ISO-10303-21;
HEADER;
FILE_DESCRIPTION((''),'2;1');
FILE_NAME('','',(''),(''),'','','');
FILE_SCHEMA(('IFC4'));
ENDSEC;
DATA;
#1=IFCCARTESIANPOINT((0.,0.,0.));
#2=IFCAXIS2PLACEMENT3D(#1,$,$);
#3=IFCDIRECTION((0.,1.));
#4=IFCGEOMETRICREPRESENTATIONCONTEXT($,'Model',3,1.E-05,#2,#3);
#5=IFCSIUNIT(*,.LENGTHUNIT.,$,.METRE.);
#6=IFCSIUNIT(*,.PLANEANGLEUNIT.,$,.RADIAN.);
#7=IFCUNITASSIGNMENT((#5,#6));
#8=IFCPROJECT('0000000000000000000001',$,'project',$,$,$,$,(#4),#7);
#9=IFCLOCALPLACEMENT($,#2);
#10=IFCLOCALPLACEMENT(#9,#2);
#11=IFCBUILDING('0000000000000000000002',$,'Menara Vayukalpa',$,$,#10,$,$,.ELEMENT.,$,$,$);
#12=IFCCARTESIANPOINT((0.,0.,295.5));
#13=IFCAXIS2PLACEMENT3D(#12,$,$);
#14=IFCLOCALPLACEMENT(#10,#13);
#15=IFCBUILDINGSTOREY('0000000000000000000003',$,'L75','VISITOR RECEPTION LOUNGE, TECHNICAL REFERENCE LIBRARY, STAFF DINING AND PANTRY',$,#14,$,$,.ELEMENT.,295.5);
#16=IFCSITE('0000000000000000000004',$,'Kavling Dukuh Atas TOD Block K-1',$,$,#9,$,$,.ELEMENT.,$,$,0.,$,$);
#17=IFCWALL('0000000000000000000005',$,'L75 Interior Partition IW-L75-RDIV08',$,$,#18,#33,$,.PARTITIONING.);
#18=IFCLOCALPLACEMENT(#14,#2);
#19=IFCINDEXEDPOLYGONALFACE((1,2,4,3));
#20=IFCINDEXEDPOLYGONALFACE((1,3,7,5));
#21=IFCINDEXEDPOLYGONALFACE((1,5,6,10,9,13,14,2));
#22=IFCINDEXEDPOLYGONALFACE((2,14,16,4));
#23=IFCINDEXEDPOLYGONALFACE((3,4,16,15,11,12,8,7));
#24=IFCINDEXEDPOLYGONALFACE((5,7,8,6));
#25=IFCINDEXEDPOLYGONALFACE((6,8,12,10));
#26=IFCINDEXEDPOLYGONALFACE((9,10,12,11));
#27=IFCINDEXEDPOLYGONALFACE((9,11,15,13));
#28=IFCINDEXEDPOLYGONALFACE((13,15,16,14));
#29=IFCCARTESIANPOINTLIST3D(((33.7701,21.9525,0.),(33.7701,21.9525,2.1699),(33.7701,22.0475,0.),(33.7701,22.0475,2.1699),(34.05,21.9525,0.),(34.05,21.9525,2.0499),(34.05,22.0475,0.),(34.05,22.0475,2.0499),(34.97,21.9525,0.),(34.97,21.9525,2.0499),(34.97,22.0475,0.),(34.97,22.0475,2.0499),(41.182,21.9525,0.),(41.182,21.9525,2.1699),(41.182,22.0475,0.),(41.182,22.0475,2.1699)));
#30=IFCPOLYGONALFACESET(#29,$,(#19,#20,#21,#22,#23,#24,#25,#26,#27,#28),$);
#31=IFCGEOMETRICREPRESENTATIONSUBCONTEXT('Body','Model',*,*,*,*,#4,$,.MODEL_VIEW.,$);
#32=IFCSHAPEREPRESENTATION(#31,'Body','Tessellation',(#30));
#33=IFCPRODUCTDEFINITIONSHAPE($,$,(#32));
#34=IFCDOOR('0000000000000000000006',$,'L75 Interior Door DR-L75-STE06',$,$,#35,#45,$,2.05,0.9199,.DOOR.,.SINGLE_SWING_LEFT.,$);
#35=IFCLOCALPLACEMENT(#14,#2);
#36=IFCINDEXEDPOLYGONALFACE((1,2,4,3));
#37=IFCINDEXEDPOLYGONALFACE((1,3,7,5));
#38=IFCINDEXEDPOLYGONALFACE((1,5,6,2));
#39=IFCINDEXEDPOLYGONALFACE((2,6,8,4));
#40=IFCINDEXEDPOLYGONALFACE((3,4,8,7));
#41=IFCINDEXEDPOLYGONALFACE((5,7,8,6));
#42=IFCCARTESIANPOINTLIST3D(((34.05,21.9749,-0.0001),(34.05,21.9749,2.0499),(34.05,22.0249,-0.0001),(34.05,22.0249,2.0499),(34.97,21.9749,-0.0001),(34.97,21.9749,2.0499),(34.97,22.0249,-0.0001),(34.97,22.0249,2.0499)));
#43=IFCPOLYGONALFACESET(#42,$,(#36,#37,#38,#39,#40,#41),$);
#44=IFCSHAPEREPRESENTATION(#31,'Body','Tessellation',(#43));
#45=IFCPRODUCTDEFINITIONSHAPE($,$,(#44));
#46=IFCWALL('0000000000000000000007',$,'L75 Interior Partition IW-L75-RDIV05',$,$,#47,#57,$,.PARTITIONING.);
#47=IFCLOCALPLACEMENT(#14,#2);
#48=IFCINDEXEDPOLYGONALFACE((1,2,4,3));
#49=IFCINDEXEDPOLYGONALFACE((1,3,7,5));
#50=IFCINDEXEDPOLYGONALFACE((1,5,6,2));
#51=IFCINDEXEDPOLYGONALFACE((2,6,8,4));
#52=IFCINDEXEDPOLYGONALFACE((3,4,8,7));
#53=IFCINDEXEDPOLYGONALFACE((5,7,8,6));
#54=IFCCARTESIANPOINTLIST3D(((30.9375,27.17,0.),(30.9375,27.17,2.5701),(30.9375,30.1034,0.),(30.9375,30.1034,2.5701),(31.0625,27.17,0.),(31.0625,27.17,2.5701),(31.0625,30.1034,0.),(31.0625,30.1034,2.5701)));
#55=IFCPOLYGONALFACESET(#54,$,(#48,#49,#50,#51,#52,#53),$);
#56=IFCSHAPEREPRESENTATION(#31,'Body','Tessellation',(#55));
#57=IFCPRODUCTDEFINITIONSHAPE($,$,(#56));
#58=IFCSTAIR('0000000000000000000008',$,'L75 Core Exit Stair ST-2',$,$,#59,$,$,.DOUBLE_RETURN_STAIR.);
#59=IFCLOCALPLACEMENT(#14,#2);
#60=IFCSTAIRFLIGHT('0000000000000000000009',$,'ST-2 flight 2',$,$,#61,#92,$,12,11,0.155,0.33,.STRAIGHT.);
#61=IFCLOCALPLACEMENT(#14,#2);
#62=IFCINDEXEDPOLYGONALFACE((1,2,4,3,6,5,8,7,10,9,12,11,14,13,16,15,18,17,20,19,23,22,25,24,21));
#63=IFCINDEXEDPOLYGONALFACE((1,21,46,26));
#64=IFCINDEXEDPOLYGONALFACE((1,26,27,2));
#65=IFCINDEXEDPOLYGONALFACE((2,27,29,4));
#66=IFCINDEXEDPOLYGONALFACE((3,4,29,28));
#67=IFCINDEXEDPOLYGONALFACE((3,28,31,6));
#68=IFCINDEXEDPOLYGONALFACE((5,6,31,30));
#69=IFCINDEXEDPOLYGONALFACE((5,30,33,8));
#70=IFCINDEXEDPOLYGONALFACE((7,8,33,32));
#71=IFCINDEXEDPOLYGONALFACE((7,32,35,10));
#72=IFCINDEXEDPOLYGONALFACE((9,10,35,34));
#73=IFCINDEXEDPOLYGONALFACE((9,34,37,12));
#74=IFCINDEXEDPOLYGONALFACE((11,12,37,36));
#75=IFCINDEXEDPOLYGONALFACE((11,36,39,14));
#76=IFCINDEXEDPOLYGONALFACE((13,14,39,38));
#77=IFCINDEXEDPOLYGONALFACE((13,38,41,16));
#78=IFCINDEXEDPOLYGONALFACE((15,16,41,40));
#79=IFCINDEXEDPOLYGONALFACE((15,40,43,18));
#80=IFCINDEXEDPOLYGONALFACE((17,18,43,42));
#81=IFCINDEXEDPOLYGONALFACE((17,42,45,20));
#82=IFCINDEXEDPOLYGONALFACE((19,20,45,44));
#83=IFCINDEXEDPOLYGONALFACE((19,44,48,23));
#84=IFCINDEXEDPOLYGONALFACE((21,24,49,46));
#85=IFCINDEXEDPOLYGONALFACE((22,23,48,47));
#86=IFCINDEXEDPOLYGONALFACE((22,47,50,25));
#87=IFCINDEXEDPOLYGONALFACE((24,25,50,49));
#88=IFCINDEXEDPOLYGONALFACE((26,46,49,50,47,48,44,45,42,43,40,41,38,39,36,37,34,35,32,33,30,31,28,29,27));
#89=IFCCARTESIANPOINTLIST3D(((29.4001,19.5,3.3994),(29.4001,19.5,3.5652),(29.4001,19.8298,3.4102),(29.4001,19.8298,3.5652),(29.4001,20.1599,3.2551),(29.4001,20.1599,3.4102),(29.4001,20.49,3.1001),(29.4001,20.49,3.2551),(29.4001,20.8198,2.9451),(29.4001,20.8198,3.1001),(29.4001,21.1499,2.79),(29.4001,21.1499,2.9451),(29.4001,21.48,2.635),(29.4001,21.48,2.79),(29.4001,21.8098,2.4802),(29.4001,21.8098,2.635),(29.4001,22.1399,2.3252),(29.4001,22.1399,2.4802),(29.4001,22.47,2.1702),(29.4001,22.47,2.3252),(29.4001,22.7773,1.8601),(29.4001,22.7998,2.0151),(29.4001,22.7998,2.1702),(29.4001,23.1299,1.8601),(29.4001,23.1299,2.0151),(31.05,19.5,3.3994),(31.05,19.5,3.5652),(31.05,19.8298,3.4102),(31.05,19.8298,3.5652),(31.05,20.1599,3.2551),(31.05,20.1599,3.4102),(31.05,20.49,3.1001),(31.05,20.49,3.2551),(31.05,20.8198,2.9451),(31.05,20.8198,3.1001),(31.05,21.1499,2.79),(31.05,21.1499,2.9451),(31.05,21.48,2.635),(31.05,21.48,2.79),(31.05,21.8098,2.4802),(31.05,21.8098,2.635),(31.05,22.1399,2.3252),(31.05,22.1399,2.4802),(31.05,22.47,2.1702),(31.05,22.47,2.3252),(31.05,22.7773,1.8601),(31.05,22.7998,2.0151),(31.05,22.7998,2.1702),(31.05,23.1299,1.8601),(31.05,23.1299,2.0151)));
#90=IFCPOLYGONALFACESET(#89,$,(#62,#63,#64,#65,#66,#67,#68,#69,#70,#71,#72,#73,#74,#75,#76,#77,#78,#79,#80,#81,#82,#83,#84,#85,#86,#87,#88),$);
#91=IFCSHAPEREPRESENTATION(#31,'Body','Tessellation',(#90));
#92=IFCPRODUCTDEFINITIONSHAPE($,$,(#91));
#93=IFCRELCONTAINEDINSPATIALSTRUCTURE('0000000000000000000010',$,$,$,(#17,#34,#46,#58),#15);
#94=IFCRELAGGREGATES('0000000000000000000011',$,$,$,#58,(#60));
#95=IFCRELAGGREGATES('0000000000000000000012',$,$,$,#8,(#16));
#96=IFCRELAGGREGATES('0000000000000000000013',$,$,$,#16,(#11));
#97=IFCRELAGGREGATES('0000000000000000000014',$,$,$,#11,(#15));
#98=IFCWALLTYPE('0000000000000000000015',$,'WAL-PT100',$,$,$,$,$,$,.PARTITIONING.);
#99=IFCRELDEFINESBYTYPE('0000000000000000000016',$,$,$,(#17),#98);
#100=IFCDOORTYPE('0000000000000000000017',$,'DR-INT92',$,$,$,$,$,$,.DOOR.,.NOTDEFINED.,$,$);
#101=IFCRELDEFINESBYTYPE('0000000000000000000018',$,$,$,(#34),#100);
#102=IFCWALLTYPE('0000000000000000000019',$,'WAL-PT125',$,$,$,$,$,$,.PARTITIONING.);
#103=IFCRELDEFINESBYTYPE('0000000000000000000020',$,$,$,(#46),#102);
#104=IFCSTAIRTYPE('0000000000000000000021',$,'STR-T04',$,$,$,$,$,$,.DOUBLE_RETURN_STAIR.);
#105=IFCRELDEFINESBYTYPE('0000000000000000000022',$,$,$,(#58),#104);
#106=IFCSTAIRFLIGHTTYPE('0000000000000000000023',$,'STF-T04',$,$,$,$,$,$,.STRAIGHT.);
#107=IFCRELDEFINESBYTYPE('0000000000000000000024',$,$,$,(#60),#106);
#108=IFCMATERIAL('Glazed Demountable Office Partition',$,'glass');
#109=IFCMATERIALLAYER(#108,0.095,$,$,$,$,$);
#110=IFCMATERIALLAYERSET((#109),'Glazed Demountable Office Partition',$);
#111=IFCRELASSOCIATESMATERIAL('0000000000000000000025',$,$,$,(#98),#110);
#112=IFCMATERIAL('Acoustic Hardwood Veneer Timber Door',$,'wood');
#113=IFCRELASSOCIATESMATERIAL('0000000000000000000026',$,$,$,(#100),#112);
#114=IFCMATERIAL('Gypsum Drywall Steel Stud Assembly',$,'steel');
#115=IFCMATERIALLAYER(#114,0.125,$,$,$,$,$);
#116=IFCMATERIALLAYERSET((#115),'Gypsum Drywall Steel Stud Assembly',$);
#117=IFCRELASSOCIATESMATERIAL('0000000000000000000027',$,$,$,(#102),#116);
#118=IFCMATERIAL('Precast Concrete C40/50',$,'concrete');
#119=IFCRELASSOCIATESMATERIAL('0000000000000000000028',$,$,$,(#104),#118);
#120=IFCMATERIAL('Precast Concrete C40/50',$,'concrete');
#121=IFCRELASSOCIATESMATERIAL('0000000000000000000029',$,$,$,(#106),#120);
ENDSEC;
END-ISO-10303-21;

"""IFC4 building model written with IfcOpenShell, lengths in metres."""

from ifc_helpers import new_model, si_unit, direction, frame, frame_2d, origin, place, context, subcontext, project, spatial, polyline, rectangle, outline, extrude, material, layer, layer_set, type_object, element, fill, aggregate, save


model = new_model("IFC4")

# Units and contexts
model_context = context("Model", 3, precision=1e-05, world=origin(), true_north=direction((0.0, 1.0)))
body_context = subcontext(model_context, "Body", "Model", "MODEL_VIEW")
ifc_project = project(units=[si_unit("LENGTHUNIT", "METRE"), si_unit("PLANEANGLEUNIT", "RADIAN")], contexts=[model_context])

# Site, building, storey
site_placement = place(None, origin())
site = spatial("IfcSite", under=ifc_project, at=site_placement, Name="Kavling Dukuh Atas TOD Block K-1", CompositionType="ELEMENT", RefElevation=0.0)
building_placement = place(site_placement, origin())
building = spatial("IfcBuilding", under=site, at=building_placement, Name="Menara Vayukalpa", CompositionType="ELEMENT")
storey_placement = place(building_placement, frame((0.0, 0.0, 295.5)))
storey = spatial("IfcBuildingStorey", under=building, at=storey_placement, Name="L75", Description="VISITOR RECEPTION LOUNGE, TECHNICAL REFERENCE LIBRARY, STAFF DINING AND PANTRY", CompositionType="ELEMENT", Elevation=295.5)

# Wall, opening, door
ifc_material_1 = material(Name="Glazed Demountable Office Partition", Category="glass")
ifc_layer_1 = layer(ifc_material_1, 0.095)
ifc_layer_set_1 = layer_set([ifc_layer_1], Name="Glazed Demountable Office Partition")
wall_type_1 = type_object("IfcWallType", Name="WAL-PT100", PredefinedType="PARTITIONING", material=ifc_layer_set_1)
wall_1_placement = place(storey_placement, frame((33.77, 22.0, 0.0), z_axis=(0.0, 0.0, 1.0), x_axis=(1.0, 0.0, 0.0)))
wall_1 = element("IfcWall", 1, at=wall_1_placement, inside=storey, type_object=wall_type_1, Name="L75 Interior Partition IW-L75-RDIV08", PredefinedType="PARTITIONING", context=body_context, shape_type="SweptSolid", body=[
    extrude(rectangle(XDim=7.4119, YDim=0.095, at=frame_2d((3.7061, 0.0))), origin(), (0.0, 0.0, 1.0), 2.1699),
])
opening_placement = place(wall_1_placement, frame((0.28, 0.0, 0.0)))
opening = element("IfcOpeningElement", 2, at=opening_placement, cuts=wall_1, PredefinedType="OPENING", context=body_context, shape_type="SweptSolid", body=[
    extrude(rectangle(XDim=0.9199, YDim=2.05, at=frame_2d((0.46, 1.0249))), frame((0.0, 0.0574, 0.0), z_axis=(0.0, -1.0, 0.0), x_axis=(1.0, 0.0, 0.0)), (0.0, 0.0, 1.0), 0.115),
])
ifc_material_2 = material(Name="Acoustic Hardwood Veneer Timber Door", Category="wood")
door_type = type_object("IfcDoorType", Name="DR-INT92", OperationType="NOTDEFINED", PredefinedType="DOOR", material=ifc_material_2)
door_placement = place(opening_placement, origin())
door = element("IfcDoor", 3, at=door_placement, inside=storey, type_object=door_type, Name="L75 Interior Door DR-L75-STE06", OperationType="SINGLE_SWING_LEFT", OverallHeight=2.05, OverallWidth=0.9199, PredefinedType="DOOR", context=body_context, shape_type="SweptSolid", body=[
    extrude(rectangle(XDim=0.9199, YDim=2.05, at=frame_2d((0.46, 1.0249))), frame((0.0, 0.0249, 0.0), z_axis=(0.0, -1.0, 0.0), x_axis=(1.0, 0.0, 0.0)), (0.0, 0.0, 1.0), 0.05),
])
fill(opening, door)

# Wall
ifc_material_3 = material(Name="Gypsum Drywall Steel Stud Assembly", Category="steel")
ifc_layer_2 = layer(ifc_material_3, 0.125)
ifc_layer_set_2 = layer_set([ifc_layer_2], Name="Gypsum Drywall Steel Stud Assembly")
wall_type_2 = type_object("IfcWallType", Name="WAL-PT125", PredefinedType="PARTITIONING", material=ifc_layer_set_2)
wall_2_placement = place(storey_placement, frame((31.0, 27.1699, 0.0), z_axis=(0.0, 0.0, 1.0), x_axis=(0.0, 1.0, 0.0)))
element("IfcWall", 4, at=wall_2_placement, inside=storey, type_object=wall_type_2, Name="L75 Interior Partition IW-L75-RDIV05", PredefinedType="PARTITIONING", context=body_context, shape_type="SweptSolid", body=[
    extrude(rectangle(XDim=2.9333, YDim=0.125, at=frame_2d((1.4668, 0.0))), origin(), (0.0, 0.0, 1.0), 2.5701),
])

# Stair, stair flight
ifc_material_4 = material(Name="Precast Concrete C40/50", Category="concrete")
stair_type = type_object("IfcStairType", Name="STR-T04", PredefinedType="DOUBLE_RETURN_STAIR", material=ifc_material_4)
stair_placement = place(storey_placement, origin())
stair = element("IfcStair", 5, at=stair_placement, inside=storey, type_object=stair_type, Name="L75 Core Exit Stair ST-2", PredefinedType="DOUBLE_RETURN_STAIR")
ifc_material_5 = material(Name="Precast Concrete C40/50", Category="concrete")
stair_flight_type = type_object("IfcStairFlightType", Name="STF-T04", PredefinedType="STRAIGHT", material=ifc_material_5)
stair_flight_placement = place(storey_placement, frame((30.2251, 23.1299, 1.8601), z_axis=(0.0, 0.0, 1.0), x_axis=(0.0, -1.0, 0.0)))
stair_flight = element("IfcStairFlight", 6, at=stair_flight_placement, type_object=stair_flight_type, Name="ST-2 flight 2", NumberOfRisers=12, NumberOfTreads=11, PredefinedType="STRAIGHT", RiserHeight=0.155, TreadLength=0.33, context=body_context, shape_type="SweptSolid", body=[
    extrude(outline(polyline([(0.0, 0.0), (0.0, 0.155), (0.3301, 0.155), (0.3301, 0.3101), (0.6599, 0.3101), (0.6599, 0.4651), (0.99, 0.4651), (0.99, 0.6201), (1.3201, 0.6201), (1.3201, 0.7749), (1.6499, 0.7749), (1.6499, 0.9299), (1.98, 0.9299), (1.98, 1.085), (2.3101, 1.085), (2.3101, 1.24), (2.6399, 1.24), (2.6399, 1.395), (2.97, 1.395), (2.97, 1.55), (3.3, 1.55), (3.3, 1.7051), (3.6299, 1.7051), (3.6299, 1.8601), (3.6299, 1.5393), (0.3525, 0.0), (0.0, 0.0)])), frame((0.0, 0.825, 0.0), z_axis=(0.0, -1.0, 0.0), x_axis=(1.0, 0.0, 0.0)), (0.0, 0.0, 1.0), 1.6499),
])
aggregate(stair, [stair_flight])

save(model, "model.ifc")
